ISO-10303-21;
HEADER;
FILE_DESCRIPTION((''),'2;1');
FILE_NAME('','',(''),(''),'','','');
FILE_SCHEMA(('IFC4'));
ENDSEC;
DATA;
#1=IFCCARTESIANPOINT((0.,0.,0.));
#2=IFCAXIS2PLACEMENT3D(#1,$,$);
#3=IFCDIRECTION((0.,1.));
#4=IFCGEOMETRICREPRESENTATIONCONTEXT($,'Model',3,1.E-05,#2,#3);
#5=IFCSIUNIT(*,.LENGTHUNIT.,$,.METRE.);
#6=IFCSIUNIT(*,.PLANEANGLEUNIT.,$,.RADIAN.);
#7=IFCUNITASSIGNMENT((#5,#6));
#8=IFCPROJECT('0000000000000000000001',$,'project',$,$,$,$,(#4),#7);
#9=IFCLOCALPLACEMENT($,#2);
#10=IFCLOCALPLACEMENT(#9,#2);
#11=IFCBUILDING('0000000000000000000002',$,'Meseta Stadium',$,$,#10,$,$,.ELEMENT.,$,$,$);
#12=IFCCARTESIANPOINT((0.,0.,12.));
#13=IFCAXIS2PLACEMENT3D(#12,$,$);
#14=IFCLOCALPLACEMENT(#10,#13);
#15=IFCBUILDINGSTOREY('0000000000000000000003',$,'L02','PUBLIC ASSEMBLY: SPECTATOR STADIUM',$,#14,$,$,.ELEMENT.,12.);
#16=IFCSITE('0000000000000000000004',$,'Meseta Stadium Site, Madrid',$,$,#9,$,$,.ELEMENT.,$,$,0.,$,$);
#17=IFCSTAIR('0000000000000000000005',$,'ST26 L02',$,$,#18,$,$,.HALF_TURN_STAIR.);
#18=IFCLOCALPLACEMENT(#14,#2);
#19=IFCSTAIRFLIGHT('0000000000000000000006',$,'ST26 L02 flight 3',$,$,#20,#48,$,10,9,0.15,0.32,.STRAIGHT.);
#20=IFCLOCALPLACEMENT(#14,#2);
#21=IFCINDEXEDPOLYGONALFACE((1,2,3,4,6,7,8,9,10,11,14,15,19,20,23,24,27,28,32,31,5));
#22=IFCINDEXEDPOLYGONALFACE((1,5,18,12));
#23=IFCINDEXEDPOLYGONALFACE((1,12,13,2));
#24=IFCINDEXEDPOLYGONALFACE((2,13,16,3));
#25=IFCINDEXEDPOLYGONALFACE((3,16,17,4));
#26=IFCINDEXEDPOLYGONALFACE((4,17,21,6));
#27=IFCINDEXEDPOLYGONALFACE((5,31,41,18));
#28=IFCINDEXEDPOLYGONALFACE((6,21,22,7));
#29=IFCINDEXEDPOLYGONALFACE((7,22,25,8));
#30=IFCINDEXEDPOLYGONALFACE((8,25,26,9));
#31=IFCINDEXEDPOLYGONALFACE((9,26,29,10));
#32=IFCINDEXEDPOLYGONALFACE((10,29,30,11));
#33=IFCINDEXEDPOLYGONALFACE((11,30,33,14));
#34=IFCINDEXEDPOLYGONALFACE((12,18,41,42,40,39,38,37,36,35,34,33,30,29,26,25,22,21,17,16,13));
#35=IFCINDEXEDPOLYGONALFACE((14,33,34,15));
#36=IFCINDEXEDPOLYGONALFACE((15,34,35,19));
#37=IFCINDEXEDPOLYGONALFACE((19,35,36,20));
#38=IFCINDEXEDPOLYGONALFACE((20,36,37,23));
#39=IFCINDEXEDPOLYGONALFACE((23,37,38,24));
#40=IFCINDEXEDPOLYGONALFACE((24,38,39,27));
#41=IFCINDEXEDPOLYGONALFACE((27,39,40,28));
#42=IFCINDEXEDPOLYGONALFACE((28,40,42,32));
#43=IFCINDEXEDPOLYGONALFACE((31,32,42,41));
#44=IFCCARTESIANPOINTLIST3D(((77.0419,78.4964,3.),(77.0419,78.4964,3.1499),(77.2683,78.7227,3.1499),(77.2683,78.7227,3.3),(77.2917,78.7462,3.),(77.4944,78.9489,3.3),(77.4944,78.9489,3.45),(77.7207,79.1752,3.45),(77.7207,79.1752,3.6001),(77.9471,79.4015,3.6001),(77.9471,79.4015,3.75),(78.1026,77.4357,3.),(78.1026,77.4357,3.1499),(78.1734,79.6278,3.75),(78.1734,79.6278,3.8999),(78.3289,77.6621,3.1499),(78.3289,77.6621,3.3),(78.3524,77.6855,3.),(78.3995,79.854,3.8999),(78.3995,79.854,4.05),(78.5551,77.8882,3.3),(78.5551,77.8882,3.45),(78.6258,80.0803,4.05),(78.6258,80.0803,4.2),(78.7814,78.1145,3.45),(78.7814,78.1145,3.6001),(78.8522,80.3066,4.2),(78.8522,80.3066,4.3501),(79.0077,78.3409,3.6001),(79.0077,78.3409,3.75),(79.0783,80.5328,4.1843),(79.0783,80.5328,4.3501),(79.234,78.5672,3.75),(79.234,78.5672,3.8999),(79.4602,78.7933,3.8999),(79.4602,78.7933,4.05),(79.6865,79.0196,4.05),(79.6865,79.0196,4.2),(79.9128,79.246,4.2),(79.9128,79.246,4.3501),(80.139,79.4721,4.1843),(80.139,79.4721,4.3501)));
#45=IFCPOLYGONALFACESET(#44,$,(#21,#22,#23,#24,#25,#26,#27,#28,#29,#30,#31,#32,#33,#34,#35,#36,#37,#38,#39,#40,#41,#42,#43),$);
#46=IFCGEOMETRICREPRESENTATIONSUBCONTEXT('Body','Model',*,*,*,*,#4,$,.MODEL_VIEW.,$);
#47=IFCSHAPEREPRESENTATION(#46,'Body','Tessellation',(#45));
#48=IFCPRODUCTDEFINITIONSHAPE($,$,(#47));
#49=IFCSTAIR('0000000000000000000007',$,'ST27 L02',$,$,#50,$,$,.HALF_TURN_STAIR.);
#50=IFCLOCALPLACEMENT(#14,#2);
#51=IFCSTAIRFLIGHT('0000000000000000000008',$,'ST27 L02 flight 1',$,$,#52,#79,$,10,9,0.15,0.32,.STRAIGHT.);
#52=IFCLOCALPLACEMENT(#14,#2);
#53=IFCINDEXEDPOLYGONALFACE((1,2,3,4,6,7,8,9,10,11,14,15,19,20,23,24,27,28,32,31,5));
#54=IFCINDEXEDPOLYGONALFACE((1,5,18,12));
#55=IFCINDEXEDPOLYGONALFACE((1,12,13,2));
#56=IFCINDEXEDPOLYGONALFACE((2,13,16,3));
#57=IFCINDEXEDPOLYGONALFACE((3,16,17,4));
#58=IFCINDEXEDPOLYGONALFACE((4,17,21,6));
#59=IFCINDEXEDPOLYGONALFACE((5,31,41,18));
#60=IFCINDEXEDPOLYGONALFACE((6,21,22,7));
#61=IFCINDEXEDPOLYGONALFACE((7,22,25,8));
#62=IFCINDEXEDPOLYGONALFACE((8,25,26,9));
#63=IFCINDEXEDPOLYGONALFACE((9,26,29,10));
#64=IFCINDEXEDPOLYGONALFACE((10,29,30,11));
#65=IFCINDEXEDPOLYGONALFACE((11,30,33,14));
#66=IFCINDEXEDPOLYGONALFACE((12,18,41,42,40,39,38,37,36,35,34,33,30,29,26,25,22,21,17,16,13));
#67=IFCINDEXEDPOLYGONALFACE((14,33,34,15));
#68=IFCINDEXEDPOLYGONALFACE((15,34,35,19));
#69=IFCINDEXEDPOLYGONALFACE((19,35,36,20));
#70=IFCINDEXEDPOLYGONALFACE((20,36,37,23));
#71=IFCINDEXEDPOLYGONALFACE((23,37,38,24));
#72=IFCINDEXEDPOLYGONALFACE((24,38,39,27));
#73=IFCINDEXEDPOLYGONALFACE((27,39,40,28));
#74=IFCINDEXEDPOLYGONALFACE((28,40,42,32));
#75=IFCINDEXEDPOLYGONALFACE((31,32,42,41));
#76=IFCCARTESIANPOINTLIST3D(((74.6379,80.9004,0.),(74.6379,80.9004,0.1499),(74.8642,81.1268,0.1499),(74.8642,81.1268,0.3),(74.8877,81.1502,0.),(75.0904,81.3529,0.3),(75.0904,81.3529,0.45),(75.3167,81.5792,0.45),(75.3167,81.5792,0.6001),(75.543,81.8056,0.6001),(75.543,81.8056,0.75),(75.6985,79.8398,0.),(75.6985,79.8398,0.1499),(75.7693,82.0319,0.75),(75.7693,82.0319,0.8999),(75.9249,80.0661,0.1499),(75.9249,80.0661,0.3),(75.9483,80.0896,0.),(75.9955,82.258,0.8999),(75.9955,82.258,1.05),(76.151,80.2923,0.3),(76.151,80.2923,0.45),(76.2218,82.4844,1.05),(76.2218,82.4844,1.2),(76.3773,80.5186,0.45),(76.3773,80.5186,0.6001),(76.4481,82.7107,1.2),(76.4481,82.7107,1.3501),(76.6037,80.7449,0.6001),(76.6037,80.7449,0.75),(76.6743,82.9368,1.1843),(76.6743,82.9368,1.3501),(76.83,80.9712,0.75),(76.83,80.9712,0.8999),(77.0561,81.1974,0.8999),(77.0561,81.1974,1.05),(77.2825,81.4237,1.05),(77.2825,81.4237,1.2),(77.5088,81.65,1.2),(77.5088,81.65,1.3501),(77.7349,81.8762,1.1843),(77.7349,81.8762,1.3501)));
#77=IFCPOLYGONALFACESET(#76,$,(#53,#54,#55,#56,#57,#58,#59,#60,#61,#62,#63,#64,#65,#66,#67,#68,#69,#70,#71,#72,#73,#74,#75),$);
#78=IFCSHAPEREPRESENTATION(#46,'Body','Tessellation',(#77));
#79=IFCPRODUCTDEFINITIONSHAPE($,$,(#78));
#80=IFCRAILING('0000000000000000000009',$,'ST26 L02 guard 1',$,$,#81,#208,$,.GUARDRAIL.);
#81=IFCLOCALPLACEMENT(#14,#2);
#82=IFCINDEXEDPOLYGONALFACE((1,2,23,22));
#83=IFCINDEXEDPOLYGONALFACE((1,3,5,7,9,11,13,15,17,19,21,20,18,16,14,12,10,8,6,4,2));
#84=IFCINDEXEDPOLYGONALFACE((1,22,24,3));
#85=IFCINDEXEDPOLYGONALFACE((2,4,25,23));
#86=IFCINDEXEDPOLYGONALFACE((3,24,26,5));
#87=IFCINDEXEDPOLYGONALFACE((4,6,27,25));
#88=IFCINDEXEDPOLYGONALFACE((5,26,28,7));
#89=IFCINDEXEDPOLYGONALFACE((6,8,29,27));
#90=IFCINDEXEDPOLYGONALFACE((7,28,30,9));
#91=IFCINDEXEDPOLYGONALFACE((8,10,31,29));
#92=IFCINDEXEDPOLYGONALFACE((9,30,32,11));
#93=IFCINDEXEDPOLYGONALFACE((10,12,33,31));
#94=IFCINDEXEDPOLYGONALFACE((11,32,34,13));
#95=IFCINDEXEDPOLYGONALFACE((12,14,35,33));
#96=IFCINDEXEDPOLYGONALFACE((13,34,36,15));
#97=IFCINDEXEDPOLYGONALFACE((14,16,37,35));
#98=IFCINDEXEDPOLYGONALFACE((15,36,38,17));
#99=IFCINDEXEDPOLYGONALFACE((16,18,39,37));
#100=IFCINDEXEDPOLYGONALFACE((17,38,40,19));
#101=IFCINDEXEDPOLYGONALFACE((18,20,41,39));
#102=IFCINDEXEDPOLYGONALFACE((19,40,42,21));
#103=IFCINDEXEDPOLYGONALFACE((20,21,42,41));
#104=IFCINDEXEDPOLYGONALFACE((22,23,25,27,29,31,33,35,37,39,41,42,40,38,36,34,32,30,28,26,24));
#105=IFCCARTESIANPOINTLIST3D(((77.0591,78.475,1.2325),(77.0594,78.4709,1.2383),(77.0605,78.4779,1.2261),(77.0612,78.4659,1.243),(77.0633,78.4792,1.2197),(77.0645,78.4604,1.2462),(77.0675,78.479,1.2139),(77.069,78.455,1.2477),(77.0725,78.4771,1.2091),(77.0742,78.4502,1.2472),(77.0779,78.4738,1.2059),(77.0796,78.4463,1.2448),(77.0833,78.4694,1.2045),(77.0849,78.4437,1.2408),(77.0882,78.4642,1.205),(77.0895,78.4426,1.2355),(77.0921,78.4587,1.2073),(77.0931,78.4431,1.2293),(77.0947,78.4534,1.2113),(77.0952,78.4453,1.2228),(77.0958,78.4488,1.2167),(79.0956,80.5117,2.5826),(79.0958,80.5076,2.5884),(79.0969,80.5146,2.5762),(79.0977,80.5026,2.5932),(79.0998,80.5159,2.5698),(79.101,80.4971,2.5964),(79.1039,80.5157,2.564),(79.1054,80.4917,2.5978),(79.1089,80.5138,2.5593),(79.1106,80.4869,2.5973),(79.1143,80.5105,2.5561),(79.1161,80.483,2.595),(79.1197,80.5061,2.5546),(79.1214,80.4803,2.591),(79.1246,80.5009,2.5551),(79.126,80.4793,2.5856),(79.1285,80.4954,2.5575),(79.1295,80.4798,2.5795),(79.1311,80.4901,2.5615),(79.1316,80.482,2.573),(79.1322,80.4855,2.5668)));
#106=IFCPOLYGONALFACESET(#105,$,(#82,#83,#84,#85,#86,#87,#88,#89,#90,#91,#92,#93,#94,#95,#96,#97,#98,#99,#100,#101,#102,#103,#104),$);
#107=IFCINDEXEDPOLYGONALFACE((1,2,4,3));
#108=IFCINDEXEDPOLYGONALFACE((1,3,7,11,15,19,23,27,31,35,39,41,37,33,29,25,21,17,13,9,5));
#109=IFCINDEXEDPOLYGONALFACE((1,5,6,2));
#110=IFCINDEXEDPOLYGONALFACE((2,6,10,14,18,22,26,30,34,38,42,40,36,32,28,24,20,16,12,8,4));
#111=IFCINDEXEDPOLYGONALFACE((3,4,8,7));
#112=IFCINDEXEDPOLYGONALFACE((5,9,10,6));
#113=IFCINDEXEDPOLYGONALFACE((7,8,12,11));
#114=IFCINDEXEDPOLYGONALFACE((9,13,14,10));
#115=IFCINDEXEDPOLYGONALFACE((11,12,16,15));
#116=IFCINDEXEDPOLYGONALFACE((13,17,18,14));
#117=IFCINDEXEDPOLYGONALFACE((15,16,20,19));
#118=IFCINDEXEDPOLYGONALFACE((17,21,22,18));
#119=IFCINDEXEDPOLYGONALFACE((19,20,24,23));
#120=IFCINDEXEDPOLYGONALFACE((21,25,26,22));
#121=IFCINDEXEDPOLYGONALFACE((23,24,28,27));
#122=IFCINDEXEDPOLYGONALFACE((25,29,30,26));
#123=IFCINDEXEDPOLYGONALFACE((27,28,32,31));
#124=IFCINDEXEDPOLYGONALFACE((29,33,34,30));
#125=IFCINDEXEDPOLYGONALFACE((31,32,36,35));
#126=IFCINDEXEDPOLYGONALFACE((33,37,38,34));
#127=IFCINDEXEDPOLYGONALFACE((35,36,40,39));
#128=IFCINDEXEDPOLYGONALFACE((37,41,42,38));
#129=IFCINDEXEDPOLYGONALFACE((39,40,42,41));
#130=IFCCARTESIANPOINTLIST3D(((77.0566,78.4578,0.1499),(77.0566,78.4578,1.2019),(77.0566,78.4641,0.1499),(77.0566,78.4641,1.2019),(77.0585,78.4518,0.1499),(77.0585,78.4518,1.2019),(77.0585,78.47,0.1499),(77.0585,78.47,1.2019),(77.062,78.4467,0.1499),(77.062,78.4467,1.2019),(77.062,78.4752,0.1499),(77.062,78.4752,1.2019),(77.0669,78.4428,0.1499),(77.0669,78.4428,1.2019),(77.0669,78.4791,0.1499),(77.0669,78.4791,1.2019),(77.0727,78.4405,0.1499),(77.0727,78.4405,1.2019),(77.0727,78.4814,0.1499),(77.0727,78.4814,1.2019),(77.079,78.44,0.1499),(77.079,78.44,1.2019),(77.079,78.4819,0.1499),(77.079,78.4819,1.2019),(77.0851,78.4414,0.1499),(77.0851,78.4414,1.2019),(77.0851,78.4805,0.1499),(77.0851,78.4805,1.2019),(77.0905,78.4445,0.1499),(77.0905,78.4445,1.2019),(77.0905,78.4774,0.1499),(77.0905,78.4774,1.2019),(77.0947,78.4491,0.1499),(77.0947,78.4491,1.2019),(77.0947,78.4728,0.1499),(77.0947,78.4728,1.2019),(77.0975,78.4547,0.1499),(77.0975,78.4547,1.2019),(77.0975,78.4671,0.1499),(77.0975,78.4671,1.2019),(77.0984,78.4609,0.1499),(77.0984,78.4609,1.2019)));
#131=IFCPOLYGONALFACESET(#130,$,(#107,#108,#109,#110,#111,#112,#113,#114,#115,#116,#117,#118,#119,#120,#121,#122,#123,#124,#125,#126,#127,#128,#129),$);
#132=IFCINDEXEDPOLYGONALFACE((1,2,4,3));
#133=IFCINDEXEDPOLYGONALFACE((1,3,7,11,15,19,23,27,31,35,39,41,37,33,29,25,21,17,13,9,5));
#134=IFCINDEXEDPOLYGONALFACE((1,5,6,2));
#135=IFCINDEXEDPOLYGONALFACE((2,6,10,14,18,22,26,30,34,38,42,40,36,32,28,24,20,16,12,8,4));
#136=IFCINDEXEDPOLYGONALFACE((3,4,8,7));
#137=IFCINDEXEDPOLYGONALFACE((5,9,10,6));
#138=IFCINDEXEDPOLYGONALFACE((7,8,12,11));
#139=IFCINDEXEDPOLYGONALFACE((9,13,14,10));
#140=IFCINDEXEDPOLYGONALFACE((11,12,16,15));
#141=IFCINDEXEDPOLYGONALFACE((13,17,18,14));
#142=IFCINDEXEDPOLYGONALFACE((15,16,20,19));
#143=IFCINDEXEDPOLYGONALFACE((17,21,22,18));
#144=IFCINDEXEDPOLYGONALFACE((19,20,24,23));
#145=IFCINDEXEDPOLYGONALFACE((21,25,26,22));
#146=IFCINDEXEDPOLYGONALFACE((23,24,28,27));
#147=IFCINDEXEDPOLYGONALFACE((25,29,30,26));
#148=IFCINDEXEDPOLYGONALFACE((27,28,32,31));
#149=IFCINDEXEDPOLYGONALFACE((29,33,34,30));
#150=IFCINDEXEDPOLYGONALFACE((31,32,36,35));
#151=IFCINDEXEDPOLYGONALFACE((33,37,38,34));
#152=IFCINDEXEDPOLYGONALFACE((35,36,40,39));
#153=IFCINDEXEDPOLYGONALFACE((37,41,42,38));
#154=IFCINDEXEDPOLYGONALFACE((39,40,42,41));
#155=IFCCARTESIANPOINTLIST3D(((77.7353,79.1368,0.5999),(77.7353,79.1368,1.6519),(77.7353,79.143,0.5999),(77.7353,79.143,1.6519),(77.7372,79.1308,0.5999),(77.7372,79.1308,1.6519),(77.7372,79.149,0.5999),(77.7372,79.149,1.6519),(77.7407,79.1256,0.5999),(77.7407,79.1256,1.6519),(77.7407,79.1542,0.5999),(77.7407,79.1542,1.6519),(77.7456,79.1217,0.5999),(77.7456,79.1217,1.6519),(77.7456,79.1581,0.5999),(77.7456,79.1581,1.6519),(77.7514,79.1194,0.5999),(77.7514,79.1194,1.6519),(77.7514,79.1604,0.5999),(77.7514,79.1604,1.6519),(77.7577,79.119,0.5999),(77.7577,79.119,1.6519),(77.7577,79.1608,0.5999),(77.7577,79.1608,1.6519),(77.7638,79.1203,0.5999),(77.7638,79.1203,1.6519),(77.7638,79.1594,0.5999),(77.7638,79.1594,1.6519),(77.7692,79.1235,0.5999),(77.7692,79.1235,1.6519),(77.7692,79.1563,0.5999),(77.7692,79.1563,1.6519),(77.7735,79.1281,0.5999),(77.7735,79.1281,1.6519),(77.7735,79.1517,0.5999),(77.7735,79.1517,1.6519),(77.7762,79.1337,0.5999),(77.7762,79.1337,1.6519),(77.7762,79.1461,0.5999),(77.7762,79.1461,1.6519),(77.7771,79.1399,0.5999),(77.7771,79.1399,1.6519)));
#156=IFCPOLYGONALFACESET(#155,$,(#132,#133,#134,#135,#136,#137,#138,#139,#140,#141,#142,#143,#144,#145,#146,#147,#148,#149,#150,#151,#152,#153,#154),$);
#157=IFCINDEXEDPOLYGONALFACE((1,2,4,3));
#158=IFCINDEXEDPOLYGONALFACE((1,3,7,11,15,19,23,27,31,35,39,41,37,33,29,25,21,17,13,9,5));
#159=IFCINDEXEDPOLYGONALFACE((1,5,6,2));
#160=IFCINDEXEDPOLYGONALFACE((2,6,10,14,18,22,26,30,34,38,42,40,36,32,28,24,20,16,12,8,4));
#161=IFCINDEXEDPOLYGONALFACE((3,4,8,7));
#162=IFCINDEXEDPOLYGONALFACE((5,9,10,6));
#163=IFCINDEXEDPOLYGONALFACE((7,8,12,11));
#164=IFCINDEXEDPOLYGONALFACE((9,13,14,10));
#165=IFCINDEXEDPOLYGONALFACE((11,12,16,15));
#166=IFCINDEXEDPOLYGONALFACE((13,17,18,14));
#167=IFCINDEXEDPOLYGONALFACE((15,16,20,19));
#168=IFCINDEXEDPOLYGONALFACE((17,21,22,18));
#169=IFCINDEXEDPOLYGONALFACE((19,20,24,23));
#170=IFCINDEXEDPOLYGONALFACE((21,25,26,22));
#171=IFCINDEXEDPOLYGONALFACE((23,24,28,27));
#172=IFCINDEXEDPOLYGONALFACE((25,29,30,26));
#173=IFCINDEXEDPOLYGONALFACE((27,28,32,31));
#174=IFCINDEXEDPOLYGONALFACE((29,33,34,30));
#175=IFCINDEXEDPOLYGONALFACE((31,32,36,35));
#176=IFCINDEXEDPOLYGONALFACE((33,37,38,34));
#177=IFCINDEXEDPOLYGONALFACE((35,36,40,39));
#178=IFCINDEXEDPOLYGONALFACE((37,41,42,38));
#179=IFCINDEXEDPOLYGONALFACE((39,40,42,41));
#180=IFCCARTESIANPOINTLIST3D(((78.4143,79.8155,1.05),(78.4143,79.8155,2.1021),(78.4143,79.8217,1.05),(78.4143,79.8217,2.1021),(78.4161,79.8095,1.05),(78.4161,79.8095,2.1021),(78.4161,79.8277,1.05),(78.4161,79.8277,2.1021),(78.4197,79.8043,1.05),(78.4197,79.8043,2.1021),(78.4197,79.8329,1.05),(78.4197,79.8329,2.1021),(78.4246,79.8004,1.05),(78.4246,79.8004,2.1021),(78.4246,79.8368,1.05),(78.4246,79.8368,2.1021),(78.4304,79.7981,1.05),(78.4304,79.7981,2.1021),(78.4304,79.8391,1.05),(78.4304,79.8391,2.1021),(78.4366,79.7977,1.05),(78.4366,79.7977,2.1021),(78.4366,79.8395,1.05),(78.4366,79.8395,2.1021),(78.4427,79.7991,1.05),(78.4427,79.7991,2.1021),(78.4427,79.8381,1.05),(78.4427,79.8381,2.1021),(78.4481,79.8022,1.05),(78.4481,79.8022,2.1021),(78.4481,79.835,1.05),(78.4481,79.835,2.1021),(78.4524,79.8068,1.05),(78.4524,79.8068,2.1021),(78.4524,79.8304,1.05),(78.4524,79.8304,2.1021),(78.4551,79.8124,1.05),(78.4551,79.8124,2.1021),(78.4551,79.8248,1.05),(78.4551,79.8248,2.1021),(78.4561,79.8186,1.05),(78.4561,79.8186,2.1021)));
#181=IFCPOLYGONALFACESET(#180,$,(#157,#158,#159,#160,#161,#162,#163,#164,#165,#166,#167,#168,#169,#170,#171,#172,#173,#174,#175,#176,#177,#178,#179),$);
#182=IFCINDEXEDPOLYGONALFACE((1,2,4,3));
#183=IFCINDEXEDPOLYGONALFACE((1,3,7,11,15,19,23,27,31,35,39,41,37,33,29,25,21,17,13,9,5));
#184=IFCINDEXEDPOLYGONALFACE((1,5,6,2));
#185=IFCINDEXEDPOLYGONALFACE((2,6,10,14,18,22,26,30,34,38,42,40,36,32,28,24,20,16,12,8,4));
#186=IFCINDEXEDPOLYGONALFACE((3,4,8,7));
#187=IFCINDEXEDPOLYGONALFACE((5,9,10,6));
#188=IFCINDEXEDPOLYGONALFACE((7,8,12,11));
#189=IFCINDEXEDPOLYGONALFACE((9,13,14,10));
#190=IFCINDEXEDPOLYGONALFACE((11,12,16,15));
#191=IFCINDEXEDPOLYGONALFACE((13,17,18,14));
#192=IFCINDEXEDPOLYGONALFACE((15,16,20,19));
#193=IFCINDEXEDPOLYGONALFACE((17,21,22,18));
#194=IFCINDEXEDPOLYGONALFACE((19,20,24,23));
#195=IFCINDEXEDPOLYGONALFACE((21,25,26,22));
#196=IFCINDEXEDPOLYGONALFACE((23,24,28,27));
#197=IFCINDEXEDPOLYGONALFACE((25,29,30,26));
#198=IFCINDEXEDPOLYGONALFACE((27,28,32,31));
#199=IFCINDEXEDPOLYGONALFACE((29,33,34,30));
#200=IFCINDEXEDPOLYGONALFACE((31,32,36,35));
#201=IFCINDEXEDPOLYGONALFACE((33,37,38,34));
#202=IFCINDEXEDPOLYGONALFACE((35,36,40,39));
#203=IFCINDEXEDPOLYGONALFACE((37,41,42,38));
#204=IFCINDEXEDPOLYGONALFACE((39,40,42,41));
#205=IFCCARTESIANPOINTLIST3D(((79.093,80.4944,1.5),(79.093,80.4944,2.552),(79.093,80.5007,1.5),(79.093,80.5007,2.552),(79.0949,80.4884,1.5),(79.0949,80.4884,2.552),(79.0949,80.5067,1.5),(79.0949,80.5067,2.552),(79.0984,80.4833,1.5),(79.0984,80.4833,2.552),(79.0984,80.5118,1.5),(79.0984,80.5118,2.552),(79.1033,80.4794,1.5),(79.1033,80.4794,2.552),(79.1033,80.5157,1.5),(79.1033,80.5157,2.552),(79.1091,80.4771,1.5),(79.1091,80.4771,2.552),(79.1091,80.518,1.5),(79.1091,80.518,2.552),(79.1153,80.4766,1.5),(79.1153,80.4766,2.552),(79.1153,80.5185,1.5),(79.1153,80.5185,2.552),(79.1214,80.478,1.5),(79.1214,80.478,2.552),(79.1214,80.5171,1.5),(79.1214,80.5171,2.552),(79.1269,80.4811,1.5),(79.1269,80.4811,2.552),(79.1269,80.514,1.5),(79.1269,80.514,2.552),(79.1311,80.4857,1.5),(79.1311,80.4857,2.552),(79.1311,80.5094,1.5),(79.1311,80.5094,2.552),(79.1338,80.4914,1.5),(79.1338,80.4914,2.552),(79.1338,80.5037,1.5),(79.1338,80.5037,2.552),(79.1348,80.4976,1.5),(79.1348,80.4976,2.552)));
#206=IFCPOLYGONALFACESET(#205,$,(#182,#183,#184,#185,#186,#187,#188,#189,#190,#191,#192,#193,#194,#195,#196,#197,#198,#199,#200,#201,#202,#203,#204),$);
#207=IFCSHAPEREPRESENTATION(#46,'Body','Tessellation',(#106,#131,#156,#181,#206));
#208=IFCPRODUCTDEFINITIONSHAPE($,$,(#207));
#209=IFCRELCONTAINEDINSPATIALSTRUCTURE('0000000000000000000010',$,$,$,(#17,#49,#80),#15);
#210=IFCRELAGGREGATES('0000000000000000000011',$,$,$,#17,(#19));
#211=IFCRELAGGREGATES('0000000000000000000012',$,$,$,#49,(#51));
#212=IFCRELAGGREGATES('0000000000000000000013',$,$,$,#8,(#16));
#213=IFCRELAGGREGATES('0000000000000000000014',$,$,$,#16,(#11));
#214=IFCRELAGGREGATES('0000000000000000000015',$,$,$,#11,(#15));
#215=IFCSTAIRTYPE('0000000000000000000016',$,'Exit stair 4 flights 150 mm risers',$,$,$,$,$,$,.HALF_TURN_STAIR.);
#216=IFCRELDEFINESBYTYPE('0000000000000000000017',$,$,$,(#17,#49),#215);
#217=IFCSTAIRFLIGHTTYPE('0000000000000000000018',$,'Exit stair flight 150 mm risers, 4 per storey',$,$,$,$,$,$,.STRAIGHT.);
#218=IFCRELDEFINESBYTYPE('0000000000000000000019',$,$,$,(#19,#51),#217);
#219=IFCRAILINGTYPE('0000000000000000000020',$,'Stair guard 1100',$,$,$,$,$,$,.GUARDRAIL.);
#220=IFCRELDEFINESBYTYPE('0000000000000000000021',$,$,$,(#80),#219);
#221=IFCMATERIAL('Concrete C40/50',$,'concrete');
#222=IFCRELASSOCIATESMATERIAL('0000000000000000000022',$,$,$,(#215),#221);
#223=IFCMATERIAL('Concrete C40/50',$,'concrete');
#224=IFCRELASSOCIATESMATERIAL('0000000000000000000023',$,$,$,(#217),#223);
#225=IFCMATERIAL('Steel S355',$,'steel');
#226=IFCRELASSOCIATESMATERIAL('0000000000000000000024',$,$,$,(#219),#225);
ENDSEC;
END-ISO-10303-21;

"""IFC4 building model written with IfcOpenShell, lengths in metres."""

from ifc_helpers import new_model, si_unit, direction, frame, origin, origin_2d, place, context, subcontext, project, spatial, polyline, circle, outline, extrude, material, type_object, element, aggregate, save


model = new_model("IFC4")

# Units and contexts
model_context = context("Model", 3, precision=1e-05, world=origin(), true_north=direction((0.0, 1.0)))
body_context = subcontext(model_context, "Body", "Model", "MODEL_VIEW")
ifc_project = project(units=[si_unit("LENGTHUNIT", "METRE"), si_unit("PLANEANGLEUNIT", "RADIAN")], contexts=[model_context])

# Site, building, storey
site_placement = place(None, origin())
site = spatial("IfcSite", under=ifc_project, at=site_placement, Name="Meseta Stadium Site, Madrid", CompositionType="ELEMENT", RefElevation=0.0)
building_placement = place(site_placement, origin())
building = spatial("IfcBuilding", under=site, at=building_placement, Name="Meseta Stadium", CompositionType="ELEMENT")
storey_placement = place(building_placement, frame((0.0, 0.0, 12.0)))
storey = spatial("IfcBuildingStorey", under=building, at=storey_placement, Name="L02", Description="PUBLIC ASSEMBLY: SPECTATOR STADIUM", CompositionType="ELEMENT", Elevation=12.0)

# Stair, stair flight
ifc_material_1 = material(Name="Concrete C40/50", Category="concrete")
stair_type = type_object("IfcStairType", Name="Exit stair 4 flights 150 mm risers", PredefinedType="HALF_TURN_STAIR", material=ifc_material_1)
stair_1_placement = place(storey_placement, origin())
stair_1 = element("IfcStair", 1, at=stair_1_placement, inside=storey, type_object=stair_type, Name="ST26 L02", PredefinedType="HALF_TURN_STAIR")
ifc_material_2 = material(Name="Concrete C40/50", Category="concrete")
stair_flight_type = type_object("IfcStairFlightType", Name="Exit stair flight 150 mm risers, 4 per storey", PredefinedType="STRAIGHT", material=ifc_material_2)
stair_flight_1_placement = place(storey_placement, frame((77.5723, 77.9661, 3.0), z_axis=(0.0, 0.0, 1.0), x_axis=(0.707107, 0.707107, 0.0)))
stair_flight_1 = element("IfcStairFlight", 2, at=stair_flight_1_placement, type_object=stair_flight_type, Name="ST26 L02 flight 3", NumberOfRisers=10, NumberOfTreads=9, PredefinedType="STRAIGHT", RiserHeight=0.15, TreadLength=0.32, context=body_context, shape_type="SweptSolid", body=[
    extrude(outline(polyline([(0.0, 0.0), (0.0, 0.1499), (0.3201, 0.1499), (0.3201, 0.3), (0.6399, 0.3), (0.6399, 0.45), (0.96, 0.45), (0.96, 0.6001), (1.28, 0.6001), (1.28, 0.75), (1.6001, 0.75), (1.6001, 0.8999), (1.9199, 0.8999), (1.9199, 1.05), (2.24, 1.05), (2.24, 1.2), (2.5601, 1.2), (2.5601, 1.3501), (2.8799, 1.3501), (2.8799, 1.1843), (0.3533, 0.0), (0.0, 0.0)])), frame((0.0, 0.75, 0.0), z_axis=(0.0, -1.0, 0.0), x_axis=(1.0, 0.0, 0.0)), (0.0, 0.0, 1.0), 1.5),
])
aggregate(stair_1, [stair_flight_1])

# Stair, stair flight
stair_2_placement = place(storey_placement, origin())
stair_2 = element("IfcStair", 3, at=stair_2_placement, inside=storey, type_object=stair_type, Name="ST27 L02", PredefinedType="HALF_TURN_STAIR")
stair_flight_2_placement = place(storey_placement, frame((75.1682, 80.3701, 0.0), z_axis=(0.0, 0.0, 1.0), x_axis=(0.707107, 0.707107, 0.0)))
stair_flight_2 = element("IfcStairFlight", 4, at=stair_flight_2_placement, type_object=stair_flight_type, Name="ST27 L02 flight 1", NumberOfRisers=10, NumberOfTreads=9, PredefinedType="STRAIGHT", RiserHeight=0.15, TreadLength=0.32, context=body_context, shape_type="SweptSolid", body=[
    extrude(outline(polyline([(0.0, 0.0), (0.0, 0.1499), (0.3201, 0.1499), (0.3201, 0.3), (0.6399, 0.3), (0.6399, 0.45), (0.96, 0.45), (0.96, 0.6001), (1.28, 0.6001), (1.28, 0.75), (1.6001, 0.75), (1.6001, 0.8999), (1.9199, 0.8999), (1.9199, 1.05), (2.24, 1.05), (2.24, 1.2), (2.5601, 1.2), (2.5601, 1.3501), (2.8799, 1.3501), (2.8799, 1.1843), (0.3533, 0.0), (0.0, 0.0)])), frame((0.0, 0.75, 0.0), z_axis=(0.0, -1.0, 0.0), x_axis=(1.0, 0.0, 0.0)), (0.0, 0.0, 1.0), 1.5),
])
aggregate(stair_2, [stair_flight_2])

# Railing
ifc_material_3 = material(Name="Steel S355", Category="steel")
railing_type_1 = type_object("IfcRailingType", Name="Stair guard 1100", PredefinedType="GUARDRAIL", material=ifc_material_3)
railing_1_placement = place(storey_placement, frame((77.0774, 78.4609, 0.1499)))
element("IfcRailing", 5, at=railing_1_placement, inside=storey, type_object=railing_type_1, Name="ST26 L02 guard 1", PredefinedType="GUARDRAIL", context=body_context, shape_type="SweptSolid", body=[
    extrude(circle(Radius=0.0239, at=origin_2d()), frame((0.0, 0.0, 1.0762), z_axis=(0.640211, 0.640288, 0.424454), x_axis=(-0.707149, 0.707064, 0.0)), (0.0, 0.0, 1.0), 3.1809),
    extrude(circle(Radius=0.021, at=origin_2d()), origin(), (0.0, 0.0, 1.0), 1.052),
    extrude(circle(Radius=0.021, at=origin_2d()), frame((0.6787, 0.679, 0.45)), (0.0, 0.0, 1.0), 1.052),
    extrude(circle(Radius=0.021, at=origin_2d()), frame((1.3577, 1.3577, 0.9001)), (0.0, 0.0, 1.0), 1.052),
    extrude(circle(Radius=0.021, at=origin_2d()), frame((2.0364, 2.0366, 1.3501)), (0.0, 0.0, 1.0), 1.052),
])

save(model, "model.ifc")
